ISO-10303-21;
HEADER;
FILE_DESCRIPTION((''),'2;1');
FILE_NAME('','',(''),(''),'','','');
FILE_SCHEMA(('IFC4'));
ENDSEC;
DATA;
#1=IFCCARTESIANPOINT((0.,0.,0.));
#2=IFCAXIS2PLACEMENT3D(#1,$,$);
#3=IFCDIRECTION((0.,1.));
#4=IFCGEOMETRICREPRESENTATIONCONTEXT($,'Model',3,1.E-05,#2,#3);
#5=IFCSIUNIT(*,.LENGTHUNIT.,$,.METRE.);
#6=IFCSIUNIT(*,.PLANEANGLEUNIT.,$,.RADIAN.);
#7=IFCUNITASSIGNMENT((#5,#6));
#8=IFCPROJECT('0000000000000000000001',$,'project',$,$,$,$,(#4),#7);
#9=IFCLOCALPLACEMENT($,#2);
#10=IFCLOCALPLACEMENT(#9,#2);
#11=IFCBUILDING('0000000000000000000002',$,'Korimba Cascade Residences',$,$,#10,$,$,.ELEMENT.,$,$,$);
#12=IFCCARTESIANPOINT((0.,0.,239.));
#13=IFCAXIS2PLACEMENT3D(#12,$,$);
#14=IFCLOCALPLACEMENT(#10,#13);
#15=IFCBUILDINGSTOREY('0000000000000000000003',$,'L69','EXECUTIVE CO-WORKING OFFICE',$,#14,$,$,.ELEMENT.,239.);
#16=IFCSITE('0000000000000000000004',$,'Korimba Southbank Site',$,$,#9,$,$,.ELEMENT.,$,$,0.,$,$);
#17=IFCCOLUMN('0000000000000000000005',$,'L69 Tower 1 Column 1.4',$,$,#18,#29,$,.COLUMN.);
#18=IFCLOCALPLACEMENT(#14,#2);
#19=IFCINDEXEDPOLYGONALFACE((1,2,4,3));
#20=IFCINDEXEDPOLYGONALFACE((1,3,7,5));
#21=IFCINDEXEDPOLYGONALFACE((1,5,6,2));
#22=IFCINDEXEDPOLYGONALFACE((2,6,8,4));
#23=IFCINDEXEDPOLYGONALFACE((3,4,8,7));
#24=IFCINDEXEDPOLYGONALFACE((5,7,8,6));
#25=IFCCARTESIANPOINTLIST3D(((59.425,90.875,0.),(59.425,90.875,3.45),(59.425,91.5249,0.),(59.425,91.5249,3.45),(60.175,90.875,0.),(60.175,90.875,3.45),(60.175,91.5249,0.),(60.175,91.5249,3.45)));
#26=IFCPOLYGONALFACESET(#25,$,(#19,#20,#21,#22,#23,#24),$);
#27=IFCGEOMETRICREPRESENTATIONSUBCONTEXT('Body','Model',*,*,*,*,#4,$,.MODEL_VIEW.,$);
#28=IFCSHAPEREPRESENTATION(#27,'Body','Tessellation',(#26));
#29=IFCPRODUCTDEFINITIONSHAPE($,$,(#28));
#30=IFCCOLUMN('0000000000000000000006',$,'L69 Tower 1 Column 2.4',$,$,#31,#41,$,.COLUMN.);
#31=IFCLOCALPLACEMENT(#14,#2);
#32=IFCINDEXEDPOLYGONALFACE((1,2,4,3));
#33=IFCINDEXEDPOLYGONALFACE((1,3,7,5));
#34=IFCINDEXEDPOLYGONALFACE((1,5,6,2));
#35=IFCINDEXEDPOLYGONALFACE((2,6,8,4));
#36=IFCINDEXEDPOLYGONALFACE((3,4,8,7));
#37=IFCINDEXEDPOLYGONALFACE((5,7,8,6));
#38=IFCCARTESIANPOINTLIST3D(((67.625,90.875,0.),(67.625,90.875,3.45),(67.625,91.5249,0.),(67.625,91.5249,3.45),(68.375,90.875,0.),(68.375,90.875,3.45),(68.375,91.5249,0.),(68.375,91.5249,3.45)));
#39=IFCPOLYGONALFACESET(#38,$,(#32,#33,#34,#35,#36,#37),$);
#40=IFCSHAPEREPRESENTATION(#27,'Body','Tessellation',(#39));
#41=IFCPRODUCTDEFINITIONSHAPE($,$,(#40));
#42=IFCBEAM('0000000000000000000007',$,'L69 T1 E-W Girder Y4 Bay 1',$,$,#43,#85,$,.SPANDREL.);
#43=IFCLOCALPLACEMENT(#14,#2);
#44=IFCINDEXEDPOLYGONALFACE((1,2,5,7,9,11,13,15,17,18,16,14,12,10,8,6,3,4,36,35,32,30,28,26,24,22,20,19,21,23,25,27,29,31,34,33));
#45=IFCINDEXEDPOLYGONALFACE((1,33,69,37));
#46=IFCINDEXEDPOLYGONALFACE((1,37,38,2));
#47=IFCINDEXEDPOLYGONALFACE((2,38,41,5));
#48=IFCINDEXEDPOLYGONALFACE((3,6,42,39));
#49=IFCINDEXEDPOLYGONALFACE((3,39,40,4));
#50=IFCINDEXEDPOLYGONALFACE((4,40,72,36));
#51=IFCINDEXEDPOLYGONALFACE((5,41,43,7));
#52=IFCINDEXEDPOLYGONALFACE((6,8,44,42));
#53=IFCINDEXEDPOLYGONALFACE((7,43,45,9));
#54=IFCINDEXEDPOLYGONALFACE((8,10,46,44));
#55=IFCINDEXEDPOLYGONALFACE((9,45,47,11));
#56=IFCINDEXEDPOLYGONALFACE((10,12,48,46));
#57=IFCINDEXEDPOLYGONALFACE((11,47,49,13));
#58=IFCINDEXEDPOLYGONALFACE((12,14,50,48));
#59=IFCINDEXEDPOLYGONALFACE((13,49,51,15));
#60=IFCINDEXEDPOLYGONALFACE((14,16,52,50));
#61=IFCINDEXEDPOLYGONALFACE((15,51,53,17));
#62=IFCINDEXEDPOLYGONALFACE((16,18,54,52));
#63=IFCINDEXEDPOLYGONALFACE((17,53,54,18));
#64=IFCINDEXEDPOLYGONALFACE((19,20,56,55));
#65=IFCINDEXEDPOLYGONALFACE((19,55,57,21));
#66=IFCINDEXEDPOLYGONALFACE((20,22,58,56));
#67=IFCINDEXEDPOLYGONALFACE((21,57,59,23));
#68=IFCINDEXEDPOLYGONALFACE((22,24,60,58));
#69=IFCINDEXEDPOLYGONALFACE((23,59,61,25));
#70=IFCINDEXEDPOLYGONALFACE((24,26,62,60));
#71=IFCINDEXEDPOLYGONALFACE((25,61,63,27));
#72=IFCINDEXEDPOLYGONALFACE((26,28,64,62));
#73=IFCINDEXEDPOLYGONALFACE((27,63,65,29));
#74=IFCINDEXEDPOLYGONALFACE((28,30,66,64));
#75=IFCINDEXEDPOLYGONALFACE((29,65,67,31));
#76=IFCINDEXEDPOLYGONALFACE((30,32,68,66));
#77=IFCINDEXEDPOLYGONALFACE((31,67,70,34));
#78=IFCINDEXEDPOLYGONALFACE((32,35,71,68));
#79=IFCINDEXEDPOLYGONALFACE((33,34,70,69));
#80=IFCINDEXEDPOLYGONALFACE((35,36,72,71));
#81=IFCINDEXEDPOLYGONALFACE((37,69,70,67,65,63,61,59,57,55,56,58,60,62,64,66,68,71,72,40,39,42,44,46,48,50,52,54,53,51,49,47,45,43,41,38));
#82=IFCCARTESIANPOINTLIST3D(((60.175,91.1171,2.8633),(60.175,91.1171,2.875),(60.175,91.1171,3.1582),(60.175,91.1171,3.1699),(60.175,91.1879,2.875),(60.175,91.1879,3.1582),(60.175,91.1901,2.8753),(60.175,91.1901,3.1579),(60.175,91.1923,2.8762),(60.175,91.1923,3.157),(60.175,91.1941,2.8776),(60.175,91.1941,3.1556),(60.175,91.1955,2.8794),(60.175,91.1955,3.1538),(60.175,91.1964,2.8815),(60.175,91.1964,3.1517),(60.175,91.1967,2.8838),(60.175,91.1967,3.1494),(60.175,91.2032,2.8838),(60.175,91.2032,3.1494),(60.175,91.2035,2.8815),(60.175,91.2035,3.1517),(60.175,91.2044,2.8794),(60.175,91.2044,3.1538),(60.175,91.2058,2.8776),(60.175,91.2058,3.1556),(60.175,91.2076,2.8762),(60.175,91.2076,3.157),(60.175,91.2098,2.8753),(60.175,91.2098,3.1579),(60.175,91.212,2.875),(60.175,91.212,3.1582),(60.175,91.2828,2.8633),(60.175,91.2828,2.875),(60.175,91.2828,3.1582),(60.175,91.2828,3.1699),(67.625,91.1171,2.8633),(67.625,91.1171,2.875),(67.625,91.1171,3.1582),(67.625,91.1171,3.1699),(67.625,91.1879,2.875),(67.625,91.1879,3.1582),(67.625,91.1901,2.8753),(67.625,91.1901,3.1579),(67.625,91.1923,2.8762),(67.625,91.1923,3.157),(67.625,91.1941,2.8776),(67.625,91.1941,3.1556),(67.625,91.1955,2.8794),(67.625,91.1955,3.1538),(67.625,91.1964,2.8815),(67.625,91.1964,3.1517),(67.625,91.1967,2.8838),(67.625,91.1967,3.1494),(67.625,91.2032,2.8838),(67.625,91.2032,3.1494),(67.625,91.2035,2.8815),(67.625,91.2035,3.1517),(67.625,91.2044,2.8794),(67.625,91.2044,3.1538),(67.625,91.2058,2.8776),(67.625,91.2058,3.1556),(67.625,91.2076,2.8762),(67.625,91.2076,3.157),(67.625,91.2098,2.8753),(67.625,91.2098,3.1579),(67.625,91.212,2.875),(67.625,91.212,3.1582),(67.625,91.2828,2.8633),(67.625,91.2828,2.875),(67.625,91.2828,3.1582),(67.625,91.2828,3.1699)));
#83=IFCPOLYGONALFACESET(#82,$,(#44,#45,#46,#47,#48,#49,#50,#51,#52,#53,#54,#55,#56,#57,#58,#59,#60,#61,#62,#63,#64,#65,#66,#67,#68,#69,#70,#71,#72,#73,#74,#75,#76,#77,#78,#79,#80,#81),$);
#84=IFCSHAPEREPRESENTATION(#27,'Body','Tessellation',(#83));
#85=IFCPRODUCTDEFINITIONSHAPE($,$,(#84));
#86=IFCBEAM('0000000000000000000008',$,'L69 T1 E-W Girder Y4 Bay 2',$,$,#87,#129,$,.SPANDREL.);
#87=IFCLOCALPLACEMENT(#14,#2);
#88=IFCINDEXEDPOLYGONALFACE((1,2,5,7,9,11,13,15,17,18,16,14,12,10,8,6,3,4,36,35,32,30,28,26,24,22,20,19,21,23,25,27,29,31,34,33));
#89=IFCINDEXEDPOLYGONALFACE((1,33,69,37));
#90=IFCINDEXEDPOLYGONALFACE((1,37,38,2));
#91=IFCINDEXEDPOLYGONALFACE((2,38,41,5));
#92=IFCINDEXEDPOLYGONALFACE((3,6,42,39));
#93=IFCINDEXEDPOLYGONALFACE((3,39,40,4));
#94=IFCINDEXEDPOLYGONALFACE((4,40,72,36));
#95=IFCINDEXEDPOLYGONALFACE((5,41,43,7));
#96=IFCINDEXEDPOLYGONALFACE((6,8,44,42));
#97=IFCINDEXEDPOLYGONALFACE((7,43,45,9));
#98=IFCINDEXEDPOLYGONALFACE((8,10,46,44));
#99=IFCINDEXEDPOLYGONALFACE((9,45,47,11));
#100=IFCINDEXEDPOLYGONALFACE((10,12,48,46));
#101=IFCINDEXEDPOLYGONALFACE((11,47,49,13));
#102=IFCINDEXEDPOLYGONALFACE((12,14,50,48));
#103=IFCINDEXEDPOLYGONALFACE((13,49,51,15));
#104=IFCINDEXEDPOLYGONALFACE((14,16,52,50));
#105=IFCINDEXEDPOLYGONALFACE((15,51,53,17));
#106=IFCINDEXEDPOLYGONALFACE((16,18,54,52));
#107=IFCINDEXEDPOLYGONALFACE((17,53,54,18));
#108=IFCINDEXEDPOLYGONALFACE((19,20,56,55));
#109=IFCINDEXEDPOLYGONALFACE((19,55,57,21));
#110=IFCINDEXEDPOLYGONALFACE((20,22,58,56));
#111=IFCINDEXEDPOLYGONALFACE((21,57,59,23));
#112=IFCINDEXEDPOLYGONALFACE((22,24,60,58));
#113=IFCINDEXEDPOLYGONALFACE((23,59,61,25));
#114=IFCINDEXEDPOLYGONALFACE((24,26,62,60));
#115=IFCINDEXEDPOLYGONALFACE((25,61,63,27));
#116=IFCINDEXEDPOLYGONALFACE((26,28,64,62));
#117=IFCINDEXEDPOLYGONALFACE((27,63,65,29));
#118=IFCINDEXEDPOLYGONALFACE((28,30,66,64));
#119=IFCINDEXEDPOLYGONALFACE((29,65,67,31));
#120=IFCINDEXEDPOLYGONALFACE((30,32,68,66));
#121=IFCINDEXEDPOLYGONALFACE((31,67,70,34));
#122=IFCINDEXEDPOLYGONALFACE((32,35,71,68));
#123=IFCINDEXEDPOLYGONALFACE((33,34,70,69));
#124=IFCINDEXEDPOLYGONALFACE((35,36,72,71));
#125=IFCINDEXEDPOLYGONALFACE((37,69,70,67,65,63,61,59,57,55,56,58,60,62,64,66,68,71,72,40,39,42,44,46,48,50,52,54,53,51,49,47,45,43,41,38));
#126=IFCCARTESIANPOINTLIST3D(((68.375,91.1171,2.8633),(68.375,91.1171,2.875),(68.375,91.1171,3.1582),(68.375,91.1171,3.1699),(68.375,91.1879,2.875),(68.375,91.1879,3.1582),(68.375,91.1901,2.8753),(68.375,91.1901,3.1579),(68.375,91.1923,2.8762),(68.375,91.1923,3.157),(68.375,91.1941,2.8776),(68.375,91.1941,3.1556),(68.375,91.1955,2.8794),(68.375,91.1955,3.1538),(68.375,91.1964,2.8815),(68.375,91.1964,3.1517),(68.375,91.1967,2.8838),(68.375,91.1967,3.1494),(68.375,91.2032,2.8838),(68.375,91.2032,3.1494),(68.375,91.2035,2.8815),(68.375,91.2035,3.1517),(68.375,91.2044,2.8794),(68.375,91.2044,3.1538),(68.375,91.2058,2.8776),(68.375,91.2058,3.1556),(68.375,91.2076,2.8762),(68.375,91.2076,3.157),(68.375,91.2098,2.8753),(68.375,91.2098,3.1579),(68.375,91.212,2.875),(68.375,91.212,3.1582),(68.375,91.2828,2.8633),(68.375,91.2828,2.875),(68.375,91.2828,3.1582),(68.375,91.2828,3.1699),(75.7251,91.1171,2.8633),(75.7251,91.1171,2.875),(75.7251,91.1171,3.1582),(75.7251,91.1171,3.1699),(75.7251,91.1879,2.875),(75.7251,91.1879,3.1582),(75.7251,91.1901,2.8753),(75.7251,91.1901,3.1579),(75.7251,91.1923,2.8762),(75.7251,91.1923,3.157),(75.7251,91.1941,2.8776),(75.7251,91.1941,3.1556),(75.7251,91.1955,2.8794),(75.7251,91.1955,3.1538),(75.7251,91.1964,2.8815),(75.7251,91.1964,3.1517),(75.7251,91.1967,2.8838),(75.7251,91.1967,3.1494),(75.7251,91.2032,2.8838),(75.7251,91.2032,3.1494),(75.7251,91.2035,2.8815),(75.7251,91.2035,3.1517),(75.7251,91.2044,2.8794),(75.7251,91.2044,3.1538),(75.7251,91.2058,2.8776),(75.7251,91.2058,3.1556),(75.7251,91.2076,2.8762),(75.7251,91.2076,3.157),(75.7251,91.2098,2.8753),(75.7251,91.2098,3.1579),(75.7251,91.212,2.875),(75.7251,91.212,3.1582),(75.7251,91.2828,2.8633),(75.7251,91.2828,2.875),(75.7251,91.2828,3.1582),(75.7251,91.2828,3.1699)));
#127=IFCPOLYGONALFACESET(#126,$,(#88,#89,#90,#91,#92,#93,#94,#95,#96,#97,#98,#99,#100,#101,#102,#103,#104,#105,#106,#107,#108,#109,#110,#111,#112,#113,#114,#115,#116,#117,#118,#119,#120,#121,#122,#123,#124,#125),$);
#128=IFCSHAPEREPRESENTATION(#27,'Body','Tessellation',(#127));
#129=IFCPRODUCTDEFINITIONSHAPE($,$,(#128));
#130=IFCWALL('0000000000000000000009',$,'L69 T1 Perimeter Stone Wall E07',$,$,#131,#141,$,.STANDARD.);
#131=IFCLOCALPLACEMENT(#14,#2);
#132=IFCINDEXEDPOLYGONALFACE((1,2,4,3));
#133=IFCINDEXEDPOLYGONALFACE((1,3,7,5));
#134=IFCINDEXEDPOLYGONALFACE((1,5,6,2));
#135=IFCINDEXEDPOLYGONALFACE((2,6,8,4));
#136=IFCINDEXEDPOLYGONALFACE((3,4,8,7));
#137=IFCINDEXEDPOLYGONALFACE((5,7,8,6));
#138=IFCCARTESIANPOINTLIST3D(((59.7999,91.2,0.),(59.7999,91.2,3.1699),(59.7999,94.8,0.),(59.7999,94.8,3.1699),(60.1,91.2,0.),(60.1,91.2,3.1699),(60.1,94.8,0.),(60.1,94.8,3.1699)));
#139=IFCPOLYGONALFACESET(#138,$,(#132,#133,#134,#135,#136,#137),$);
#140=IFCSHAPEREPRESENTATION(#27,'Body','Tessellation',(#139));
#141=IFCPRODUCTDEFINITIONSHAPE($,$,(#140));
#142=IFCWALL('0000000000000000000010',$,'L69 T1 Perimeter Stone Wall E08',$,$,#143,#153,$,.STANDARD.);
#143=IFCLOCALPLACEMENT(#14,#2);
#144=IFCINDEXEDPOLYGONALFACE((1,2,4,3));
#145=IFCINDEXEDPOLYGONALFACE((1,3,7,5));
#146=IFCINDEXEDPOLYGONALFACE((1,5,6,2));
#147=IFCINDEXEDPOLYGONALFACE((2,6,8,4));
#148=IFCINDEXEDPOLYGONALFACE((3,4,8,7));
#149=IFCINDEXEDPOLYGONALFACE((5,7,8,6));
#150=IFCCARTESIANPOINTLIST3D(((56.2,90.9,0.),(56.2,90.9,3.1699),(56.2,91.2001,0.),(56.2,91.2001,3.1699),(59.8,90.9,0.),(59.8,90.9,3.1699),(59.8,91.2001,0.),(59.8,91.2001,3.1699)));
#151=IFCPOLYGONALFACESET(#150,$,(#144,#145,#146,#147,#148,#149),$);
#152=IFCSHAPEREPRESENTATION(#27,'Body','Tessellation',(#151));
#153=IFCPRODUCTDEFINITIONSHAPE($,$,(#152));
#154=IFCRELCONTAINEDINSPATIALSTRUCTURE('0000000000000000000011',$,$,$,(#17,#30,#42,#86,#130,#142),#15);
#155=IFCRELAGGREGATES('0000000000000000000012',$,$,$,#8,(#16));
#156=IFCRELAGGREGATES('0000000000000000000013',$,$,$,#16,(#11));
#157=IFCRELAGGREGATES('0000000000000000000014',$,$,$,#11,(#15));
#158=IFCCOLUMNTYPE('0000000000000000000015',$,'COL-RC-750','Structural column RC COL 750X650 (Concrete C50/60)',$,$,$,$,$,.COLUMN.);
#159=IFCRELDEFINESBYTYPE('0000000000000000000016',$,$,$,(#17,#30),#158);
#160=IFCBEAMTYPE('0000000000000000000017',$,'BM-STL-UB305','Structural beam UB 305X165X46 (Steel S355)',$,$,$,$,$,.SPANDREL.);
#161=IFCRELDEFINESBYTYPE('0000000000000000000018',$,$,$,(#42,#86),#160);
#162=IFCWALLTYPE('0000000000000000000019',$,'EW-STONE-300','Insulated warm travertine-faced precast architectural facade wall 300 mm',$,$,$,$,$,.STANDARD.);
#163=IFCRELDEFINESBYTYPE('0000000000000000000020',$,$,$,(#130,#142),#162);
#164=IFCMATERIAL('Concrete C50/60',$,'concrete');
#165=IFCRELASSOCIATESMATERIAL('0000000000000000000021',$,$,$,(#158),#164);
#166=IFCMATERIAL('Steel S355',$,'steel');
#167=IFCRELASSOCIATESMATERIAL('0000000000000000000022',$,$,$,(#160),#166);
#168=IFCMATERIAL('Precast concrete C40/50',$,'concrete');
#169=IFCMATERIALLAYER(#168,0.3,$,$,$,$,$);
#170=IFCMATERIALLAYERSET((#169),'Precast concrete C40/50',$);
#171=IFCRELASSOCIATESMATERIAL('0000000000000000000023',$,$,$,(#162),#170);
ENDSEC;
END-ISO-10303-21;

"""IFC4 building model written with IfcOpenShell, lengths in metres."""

from ifc_helpers import new_model, si_unit, direction, frame, frame_2d, origin, origin_2d, place, context, subcontext, project, spatial, rectangle, i_section, extrude, material, layer, layer_set, material_profile, profile_set, type_object, element, save


model = new_model("IFC4")

# Units and contexts
model_context = context("Model", 3, precision=1e-05, world=origin(), true_north=direction((0.0, 1.0)))
body_context = subcontext(model_context, "Body", "Model", "MODEL_VIEW")
ifc_project = project(units=[si_unit("LENGTHUNIT", "METRE"), si_unit("PLANEANGLEUNIT", "RADIAN")], contexts=[model_context])

# Site, building, storey
site_placement = place(None, origin())
site = spatial("IfcSite", under=ifc_project, at=site_placement, Name="Korimba Southbank Site", CompositionType="ELEMENT", RefElevation=0.0)
building_placement = place(site_placement, origin())
building = spatial("IfcBuilding", under=site, at=building_placement, Name="Korimba Cascade Residences", CompositionType="ELEMENT")
storey_placement = place(building_placement, frame((0.0, 0.0, 239.0)))
storey = spatial("IfcBuildingStorey", under=building, at=storey_placement, Name="L69", Description="EXECUTIVE CO-WORKING OFFICE", CompositionType="ELEMENT", Elevation=239.0)

# Columns
ifc_material_1 = material(Name="Concrete C50/60", Category="concrete")
ifc_material_profile_1 = material_profile(ifc_material_1, rectangle(XDim=0.75, YDim=0.6499, at=origin_2d()), Name="Concrete C50/60")
ifc_profile_set_1 = profile_set([ifc_material_profile_1], Name="Concrete C50/60")
column_type = type_object("IfcColumnType", Name="COL-RC-750", Description="Structural column RC COL 750X650 (Concrete C50/60)", PredefinedType="COLUMN", material=ifc_profile_set_1)
for number, where, z_axis, x_axis, name in (
    (1, (59.8, 91.2, 0.0), (0.0, 0.0, 1.0), (1.0, 0.0, 0.0), "L69 Tower 1 Column 1.4"),
    (2, (68.0, 91.2, 0.0), (0.0, 0.0, 1.0), (1.0, 0.0, 0.0), "L69 Tower 1 Column 2.4"),
):
    element("IfcColumn", number, at=place(storey_placement, frame(where, z_axis=z_axis, x_axis=x_axis)), inside=storey, type_object=column_type, Name=name, PredefinedType="COLUMN", context=body_context, shape_type="SweptSolid", body=[
        extrude(rectangle(XDim=0.75, YDim=0.6499, at=origin_2d()), origin(), (0.0, 0.0, 1.0), 3.45),
    ])

# Beams
ifc_material_2 = material(Name="Steel S355", Category="steel")
ifc_material_profile_2 = material_profile(ifc_material_2, i_section(OverallWidth=0.1658, OverallDepth=0.3066, WebThickness=0.0066, FlangeThickness=0.0117, FilletRadius=0.0088, at=origin_2d()), Name="Steel S355")
ifc_profile_set_2 = profile_set([ifc_material_profile_2], Name="Steel S355")
beam_type = type_object("IfcBeamType", Name="BM-STL-UB305", Description="Structural beam UB 305X165X46 (Steel S355)", PredefinedType="SPANDREL", material=ifc_profile_set_2)
beam_1_placement = place(storey_placement, frame((60.175, 91.2, 3.0166), z_axis=(1.0, 0.0, 0.0), x_axis=(0.0, 1.0, 0.0)))
element("IfcBeam", 3, at=beam_1_placement, inside=storey, type_object=beam_type, Name="L69 T1 E-W Girder Y4 Bay 1", PredefinedType="SPANDREL", context=body_context, shape_type="SweptSolid", body=[
    extrude(i_section(OverallWidth=0.1658, OverallDepth=0.3066, WebThickness=0.0066, FlangeThickness=0.0117, FilletRadius=0.0088, at=origin_2d()), origin(), (0.0, 0.0, 1.0), 7.45),
])
beam_2_placement = place(storey_placement, frame((68.375, 91.2, 3.0166), z_axis=(1.0, 0.0, 0.0), x_axis=(0.0, 1.0, 0.0)))
element("IfcBeam", 4, at=beam_2_placement, inside=storey, type_object=beam_type, Name="L69 T1 E-W Girder Y4 Bay 2", PredefinedType="SPANDREL", context=body_context, shape_type="SweptSolid", body=[
    extrude(i_section(OverallWidth=0.1658, OverallDepth=0.3066, WebThickness=0.0066, FlangeThickness=0.0117, FilletRadius=0.0088, at=origin_2d()), origin(), (0.0, 0.0, 1.0), 7.3501),
])

# Walls
ifc_material_3 = material(Name="Precast concrete C40/50", Category="concrete")
ifc_layer_1 = layer(ifc_material_3, 0.3)
ifc_layer_set_1 = layer_set([ifc_layer_1], Name="Precast concrete C40/50")
wall_type_1 = type_object("IfcWallType", Name="EW-STONE-300", Description="Insulated warm travertine-faced precast architectural facade wall 300 mm", PredefinedType="STANDARD", material=ifc_layer_set_1)
for number, where, z_axis, x_axis, name in (
    (5, (59.95, 94.8, 0.0), (0.0, 0.0, 1.0), (0.0, -1.0, 0.0), "L69 T1 Perimeter Stone Wall E07"),
    (6, (59.8, 91.05, 0.0), (0.0, 0.0, 1.0), (-1.0, 0.0, 0.0), "L69 T1 Perimeter Stone Wall E08"),
):
    element("IfcWall", number, at=place(storey_placement, frame(where, z_axis=z_axis, x_axis=x_axis)), inside=storey, type_object=wall_type_1, Name=name, PredefinedType="STANDARD", context=body_context, shape_type="SweptSolid", body=[
        extrude(rectangle(XDim=3.6001, YDim=0.3, at=frame_2d((1.8, 0.0))), origin(), (0.0, 0.0, 1.0), 3.1699),
    ])

save(model, "model.ifc")
